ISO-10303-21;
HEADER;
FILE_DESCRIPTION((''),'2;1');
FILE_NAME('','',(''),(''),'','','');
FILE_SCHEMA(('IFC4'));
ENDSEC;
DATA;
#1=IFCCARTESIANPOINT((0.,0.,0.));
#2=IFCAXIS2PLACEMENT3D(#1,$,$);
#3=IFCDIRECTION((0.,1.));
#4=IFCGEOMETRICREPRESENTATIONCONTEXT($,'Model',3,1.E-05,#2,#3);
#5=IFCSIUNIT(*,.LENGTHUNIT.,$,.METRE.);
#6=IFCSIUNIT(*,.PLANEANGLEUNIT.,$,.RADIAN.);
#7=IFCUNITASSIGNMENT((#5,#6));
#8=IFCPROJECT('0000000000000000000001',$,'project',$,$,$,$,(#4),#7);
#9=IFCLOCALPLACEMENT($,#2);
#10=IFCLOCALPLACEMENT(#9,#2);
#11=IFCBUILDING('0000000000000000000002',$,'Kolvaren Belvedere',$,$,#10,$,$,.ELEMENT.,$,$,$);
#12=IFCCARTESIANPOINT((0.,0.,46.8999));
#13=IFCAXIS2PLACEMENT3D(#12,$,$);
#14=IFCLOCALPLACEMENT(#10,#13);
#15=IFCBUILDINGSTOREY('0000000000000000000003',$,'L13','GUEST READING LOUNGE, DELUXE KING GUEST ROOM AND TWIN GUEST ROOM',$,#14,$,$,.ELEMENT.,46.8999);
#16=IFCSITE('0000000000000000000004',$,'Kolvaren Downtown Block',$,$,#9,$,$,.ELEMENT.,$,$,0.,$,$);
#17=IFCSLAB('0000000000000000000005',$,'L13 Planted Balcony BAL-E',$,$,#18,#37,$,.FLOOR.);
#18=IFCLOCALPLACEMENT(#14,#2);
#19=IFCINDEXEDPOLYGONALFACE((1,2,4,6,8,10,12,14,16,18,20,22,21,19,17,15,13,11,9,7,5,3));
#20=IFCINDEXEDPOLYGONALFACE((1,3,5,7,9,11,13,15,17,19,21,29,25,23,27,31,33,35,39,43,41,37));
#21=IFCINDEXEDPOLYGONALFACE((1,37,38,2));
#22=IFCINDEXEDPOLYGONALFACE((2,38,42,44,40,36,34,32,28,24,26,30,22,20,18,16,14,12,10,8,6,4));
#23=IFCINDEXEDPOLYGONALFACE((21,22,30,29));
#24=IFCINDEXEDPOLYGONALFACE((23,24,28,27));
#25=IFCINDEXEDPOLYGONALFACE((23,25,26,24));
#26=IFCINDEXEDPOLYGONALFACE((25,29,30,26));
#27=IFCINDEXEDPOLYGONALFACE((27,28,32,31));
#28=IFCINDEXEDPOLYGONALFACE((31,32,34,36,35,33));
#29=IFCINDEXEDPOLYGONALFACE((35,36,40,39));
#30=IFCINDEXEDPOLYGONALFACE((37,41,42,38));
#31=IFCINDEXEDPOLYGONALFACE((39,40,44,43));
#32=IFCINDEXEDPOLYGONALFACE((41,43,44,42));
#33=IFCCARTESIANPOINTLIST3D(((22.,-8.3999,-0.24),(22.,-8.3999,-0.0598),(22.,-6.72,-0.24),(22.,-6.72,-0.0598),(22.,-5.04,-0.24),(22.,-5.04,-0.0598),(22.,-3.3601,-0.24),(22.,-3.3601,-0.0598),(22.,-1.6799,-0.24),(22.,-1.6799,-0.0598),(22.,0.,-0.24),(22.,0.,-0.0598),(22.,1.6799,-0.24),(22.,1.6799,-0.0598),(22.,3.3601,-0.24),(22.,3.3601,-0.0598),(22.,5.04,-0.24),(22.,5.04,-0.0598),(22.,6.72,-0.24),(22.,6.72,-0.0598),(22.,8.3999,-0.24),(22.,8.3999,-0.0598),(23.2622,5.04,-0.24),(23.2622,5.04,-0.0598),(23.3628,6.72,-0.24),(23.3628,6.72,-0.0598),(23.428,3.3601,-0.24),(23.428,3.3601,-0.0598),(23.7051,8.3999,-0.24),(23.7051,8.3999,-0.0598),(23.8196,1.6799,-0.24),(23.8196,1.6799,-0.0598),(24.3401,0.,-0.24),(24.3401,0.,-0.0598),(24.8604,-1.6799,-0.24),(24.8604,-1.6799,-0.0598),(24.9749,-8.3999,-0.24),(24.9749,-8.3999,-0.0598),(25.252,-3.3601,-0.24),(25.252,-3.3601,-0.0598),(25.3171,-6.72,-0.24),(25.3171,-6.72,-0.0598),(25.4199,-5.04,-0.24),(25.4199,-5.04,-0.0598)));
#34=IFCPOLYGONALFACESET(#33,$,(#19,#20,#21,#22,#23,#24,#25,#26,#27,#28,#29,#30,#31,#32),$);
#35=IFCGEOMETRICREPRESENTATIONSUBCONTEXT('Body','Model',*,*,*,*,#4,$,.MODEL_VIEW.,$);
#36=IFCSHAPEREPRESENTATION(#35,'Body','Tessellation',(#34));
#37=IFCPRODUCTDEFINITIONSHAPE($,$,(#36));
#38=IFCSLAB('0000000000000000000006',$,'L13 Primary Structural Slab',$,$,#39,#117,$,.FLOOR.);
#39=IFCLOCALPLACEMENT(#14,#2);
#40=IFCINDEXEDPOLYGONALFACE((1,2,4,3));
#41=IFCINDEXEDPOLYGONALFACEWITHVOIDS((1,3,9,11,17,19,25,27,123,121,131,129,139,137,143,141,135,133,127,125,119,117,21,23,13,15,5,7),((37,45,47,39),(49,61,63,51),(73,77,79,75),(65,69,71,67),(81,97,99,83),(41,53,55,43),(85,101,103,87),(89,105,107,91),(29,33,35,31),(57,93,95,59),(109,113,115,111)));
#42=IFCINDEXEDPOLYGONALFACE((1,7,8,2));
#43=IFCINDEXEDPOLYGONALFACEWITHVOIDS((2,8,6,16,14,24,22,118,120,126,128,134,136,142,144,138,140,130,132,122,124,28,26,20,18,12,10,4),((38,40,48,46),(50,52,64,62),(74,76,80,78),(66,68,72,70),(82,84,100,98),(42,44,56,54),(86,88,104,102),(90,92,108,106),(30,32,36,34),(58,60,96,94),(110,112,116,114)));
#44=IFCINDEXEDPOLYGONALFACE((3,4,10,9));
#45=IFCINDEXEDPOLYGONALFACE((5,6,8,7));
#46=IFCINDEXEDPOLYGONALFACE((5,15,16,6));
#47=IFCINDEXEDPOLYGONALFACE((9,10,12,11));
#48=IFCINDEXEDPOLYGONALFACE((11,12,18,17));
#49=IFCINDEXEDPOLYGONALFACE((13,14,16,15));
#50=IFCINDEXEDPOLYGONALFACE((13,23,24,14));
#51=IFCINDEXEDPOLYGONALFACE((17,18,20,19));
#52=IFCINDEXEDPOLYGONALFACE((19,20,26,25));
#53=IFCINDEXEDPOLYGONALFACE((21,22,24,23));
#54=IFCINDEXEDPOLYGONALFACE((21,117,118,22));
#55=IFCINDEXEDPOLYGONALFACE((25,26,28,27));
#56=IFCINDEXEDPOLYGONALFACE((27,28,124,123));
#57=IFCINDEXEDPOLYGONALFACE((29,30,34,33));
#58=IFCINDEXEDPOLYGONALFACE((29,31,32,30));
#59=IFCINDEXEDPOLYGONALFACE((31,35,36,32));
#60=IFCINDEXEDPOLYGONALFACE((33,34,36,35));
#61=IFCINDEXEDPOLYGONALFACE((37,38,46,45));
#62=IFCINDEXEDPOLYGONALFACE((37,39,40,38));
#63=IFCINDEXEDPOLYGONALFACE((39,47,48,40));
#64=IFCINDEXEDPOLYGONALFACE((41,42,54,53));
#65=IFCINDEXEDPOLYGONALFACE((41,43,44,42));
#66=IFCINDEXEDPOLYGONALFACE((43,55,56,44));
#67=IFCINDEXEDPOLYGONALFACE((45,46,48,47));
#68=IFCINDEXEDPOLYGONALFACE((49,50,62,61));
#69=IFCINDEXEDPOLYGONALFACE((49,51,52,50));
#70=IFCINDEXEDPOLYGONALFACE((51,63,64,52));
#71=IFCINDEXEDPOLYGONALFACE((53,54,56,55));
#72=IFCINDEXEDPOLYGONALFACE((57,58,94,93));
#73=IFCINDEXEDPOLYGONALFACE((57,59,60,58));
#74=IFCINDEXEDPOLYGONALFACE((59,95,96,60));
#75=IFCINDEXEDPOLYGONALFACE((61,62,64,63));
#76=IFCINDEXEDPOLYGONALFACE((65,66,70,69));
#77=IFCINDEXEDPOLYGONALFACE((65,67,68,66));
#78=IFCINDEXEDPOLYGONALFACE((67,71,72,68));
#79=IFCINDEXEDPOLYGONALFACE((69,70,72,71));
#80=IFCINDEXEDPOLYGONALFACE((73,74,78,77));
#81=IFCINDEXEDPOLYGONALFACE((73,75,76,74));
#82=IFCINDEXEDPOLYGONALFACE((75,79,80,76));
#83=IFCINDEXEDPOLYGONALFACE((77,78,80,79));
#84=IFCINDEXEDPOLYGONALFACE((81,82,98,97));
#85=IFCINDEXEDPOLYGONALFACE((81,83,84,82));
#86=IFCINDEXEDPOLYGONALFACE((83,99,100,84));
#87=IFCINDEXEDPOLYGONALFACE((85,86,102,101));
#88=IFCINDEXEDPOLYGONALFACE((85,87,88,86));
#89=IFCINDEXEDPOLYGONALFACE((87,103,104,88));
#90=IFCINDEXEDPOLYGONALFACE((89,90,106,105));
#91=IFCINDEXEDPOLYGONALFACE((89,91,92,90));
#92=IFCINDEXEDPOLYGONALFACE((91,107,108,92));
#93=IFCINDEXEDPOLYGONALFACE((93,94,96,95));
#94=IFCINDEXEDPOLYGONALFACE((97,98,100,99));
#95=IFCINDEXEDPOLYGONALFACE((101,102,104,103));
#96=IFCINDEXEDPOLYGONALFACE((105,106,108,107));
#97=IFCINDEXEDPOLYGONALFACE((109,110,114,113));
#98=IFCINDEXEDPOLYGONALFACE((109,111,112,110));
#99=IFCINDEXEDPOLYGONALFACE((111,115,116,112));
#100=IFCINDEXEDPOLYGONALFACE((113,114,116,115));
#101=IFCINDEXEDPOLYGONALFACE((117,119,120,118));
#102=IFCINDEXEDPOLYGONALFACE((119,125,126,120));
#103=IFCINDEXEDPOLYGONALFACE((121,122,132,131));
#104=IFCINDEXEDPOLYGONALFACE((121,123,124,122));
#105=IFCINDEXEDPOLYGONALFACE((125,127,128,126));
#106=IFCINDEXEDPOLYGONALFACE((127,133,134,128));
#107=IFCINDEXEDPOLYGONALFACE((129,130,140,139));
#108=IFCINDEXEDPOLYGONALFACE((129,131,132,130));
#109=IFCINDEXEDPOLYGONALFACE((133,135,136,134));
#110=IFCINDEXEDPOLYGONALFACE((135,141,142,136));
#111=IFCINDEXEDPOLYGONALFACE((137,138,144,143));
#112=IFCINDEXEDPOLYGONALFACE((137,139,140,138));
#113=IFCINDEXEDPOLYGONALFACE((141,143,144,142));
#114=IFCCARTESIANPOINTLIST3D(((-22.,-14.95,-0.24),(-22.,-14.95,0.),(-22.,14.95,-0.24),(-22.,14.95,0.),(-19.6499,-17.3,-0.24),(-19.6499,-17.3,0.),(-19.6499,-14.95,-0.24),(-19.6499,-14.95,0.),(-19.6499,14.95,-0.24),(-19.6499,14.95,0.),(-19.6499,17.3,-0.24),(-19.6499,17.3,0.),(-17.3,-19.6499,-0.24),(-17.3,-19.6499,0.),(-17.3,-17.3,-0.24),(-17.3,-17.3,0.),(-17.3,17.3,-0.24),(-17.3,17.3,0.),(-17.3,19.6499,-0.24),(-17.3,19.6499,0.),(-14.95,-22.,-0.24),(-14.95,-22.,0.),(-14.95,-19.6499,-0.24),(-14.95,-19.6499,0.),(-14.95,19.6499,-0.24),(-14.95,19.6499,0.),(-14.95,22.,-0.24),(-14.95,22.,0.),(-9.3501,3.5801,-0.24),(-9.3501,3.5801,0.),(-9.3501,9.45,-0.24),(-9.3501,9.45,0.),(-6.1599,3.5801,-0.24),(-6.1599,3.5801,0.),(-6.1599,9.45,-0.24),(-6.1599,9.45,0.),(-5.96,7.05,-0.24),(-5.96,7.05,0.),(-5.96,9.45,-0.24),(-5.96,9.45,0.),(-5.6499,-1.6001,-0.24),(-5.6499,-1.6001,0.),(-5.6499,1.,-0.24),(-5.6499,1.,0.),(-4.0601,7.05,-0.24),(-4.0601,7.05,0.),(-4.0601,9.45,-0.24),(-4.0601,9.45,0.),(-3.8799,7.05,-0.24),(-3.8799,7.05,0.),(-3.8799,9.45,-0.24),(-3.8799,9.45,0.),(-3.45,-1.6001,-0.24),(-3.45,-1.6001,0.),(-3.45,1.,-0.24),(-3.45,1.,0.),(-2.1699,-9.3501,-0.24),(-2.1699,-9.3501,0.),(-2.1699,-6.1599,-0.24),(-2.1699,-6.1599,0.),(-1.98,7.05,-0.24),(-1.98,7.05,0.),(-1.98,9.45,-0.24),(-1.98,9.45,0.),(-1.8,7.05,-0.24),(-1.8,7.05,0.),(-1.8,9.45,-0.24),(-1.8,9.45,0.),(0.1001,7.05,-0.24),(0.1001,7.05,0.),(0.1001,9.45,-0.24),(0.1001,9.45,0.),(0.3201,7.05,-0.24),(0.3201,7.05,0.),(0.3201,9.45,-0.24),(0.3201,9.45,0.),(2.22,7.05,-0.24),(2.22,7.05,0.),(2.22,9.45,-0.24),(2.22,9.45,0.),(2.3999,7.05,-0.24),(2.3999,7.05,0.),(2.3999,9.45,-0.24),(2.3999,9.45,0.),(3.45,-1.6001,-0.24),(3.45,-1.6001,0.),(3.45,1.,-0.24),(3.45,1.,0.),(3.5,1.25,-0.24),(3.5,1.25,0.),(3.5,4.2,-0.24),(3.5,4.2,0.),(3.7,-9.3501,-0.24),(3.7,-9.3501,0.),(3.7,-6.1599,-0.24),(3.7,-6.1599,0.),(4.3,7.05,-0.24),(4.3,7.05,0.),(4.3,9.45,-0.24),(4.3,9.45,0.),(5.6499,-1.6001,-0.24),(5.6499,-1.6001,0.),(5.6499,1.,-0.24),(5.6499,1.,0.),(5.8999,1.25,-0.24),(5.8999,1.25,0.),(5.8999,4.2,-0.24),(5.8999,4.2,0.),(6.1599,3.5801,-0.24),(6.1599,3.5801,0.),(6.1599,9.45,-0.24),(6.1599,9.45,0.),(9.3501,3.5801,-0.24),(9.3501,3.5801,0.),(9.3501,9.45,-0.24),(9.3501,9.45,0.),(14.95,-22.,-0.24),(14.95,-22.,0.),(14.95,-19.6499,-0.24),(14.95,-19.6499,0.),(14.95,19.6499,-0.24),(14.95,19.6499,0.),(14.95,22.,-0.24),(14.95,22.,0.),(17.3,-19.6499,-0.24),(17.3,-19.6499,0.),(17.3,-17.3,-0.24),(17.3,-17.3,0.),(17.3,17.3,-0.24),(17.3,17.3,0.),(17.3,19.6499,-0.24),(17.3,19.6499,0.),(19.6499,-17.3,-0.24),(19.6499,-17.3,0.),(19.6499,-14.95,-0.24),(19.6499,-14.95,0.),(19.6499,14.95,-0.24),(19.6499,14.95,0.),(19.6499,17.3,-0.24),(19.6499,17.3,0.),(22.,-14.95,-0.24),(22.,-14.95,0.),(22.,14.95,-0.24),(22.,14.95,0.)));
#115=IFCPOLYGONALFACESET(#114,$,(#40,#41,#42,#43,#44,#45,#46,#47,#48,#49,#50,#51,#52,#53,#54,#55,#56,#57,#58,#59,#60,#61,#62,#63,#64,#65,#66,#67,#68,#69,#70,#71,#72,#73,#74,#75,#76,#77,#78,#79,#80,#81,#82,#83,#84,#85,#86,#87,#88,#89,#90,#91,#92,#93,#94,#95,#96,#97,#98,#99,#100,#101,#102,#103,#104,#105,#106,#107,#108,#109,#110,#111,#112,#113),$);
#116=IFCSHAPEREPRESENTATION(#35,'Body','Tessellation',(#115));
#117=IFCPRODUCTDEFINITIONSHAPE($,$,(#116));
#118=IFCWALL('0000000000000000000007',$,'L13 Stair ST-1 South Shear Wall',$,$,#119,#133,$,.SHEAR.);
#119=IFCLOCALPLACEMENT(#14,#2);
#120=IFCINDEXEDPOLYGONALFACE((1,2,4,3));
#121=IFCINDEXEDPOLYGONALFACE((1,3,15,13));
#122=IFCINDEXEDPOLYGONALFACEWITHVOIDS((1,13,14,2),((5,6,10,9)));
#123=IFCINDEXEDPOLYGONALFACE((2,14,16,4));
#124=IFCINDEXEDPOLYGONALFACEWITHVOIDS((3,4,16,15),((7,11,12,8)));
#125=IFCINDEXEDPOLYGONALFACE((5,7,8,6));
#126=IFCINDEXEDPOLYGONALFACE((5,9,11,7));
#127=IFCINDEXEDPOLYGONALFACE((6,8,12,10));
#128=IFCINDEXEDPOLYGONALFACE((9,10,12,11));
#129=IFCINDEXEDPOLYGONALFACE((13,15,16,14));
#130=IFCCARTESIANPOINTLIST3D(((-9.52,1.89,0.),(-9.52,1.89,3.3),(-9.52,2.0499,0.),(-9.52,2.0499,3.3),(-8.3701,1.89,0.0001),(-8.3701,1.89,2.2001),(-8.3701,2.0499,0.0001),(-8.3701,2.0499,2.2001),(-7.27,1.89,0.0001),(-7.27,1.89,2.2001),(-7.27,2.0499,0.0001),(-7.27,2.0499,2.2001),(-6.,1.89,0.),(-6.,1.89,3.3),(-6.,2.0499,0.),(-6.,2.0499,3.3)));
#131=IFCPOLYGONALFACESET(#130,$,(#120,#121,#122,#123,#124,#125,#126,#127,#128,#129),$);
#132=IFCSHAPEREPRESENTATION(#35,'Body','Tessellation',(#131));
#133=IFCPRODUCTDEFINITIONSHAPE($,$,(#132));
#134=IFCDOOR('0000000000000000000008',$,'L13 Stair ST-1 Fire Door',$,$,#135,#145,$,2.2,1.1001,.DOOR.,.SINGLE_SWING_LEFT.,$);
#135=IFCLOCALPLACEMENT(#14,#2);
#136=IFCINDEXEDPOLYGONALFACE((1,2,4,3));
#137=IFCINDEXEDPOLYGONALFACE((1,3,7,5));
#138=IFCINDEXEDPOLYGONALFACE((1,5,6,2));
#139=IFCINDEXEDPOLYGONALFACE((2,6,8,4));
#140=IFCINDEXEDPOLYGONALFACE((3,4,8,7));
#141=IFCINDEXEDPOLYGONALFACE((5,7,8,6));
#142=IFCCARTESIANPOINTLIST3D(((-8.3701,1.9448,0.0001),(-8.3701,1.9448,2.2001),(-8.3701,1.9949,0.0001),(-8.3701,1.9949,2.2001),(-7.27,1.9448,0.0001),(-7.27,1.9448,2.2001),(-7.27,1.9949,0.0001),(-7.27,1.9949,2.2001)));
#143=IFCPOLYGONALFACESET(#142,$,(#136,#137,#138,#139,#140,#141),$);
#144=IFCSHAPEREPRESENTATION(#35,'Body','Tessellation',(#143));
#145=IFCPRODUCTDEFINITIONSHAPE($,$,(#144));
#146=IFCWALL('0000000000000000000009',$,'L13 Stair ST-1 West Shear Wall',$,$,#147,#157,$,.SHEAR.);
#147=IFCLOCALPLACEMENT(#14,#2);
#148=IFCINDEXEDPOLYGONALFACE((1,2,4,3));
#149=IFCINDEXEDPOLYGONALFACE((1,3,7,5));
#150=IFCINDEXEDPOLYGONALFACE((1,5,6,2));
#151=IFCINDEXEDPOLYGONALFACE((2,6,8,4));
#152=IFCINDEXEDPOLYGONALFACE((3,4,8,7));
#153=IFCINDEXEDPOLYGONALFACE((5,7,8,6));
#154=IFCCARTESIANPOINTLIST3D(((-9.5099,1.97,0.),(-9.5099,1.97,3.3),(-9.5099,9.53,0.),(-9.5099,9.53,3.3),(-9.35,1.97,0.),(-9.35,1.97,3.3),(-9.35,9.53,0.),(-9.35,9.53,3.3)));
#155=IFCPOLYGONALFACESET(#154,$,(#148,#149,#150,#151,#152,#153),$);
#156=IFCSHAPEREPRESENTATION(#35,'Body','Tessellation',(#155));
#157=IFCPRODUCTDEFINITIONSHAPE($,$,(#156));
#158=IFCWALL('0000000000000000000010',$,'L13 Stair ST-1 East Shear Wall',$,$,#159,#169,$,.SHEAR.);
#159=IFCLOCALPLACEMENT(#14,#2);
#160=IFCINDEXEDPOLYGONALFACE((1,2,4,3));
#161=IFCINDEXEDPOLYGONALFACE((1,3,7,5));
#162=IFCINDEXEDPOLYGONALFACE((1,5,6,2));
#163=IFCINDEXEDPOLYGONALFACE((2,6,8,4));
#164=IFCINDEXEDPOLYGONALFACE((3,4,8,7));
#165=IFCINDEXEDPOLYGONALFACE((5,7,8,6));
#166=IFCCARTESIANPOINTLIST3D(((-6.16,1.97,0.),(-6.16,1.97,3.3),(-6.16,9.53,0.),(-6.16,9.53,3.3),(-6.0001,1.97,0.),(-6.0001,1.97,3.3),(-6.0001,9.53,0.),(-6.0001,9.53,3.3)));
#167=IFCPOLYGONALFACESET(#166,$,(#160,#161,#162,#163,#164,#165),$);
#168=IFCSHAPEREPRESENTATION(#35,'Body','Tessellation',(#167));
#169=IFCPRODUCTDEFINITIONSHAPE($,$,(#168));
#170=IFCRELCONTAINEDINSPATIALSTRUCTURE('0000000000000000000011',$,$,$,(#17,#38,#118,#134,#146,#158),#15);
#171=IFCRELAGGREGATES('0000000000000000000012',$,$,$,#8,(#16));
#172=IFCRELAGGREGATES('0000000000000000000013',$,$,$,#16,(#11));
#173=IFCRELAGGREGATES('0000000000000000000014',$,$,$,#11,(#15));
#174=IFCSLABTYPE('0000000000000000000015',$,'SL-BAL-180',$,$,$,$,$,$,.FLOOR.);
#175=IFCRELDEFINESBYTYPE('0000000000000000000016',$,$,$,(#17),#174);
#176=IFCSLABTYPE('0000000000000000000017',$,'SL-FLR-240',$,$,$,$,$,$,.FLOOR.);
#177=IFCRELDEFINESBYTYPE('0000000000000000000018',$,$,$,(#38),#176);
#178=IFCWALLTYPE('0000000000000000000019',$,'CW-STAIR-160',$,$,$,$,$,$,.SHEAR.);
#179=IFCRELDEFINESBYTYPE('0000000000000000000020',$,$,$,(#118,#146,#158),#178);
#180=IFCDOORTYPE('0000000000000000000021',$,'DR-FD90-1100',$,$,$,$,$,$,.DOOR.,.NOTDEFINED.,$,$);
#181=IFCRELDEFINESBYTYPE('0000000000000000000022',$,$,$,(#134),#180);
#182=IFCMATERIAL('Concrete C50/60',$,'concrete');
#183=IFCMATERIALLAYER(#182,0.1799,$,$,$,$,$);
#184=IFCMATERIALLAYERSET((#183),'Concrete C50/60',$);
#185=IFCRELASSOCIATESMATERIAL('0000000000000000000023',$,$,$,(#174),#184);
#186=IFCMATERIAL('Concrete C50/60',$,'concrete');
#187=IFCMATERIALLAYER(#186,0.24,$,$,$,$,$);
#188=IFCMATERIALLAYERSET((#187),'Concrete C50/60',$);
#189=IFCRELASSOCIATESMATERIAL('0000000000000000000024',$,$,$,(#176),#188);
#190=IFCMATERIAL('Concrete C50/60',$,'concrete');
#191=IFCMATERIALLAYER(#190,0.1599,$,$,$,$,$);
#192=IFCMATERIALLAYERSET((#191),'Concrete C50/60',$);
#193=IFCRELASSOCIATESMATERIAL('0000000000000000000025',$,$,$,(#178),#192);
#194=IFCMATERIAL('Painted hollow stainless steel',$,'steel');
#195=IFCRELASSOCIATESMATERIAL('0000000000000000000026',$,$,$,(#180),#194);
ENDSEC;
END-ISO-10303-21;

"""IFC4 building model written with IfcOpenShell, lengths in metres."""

from ifc_helpers import new_model, si_unit, direction, frame, frame_2d, origin, place, context, subcontext, project, spatial, polyline, rectangle, outline, extrude, material, layer, layer_set, type_object, element, fill, save


model = new_model("IFC4")

# Units and contexts
model_context = context("Model", 3, precision=1e-05, world=origin(), true_north=direction((0.0, 1.0)))
body_context = subcontext(model_context, "Body", "Model", "MODEL_VIEW")
ifc_project = project(units=[si_unit("LENGTHUNIT", "METRE"), si_unit("PLANEANGLEUNIT", "RADIAN")], contexts=[model_context])

# Site, building, storey
site_placement = place(None, origin())
site = spatial("IfcSite", under=ifc_project, at=site_placement, Name="Kolvaren Downtown Block", CompositionType="ELEMENT", RefElevation=0.0)
building_placement = place(site_placement, origin())
building = spatial("IfcBuilding", under=site, at=building_placement, Name="Kolvaren Belvedere", CompositionType="ELEMENT")
storey_placement = place(building_placement, frame((0.0, 0.0, 46.8999)))
storey = spatial("IfcBuildingStorey", under=building, at=storey_placement, Name="L13", Description="GUEST READING LOUNGE, DELUXE KING GUEST ROOM AND TWIN GUEST ROOM", CompositionType="ELEMENT", Elevation=46.8999)

# Slabs
ifc_material_1 = material(Name="Concrete C50/60", Category="concrete")
ifc_layer_1 = layer(ifc_material_1, 0.1799)
ifc_layer_set_1 = layer_set([ifc_layer_1], Name="Concrete C50/60")
slab_type_1 = type_object("IfcSlabType", Name="SL-BAL-180", PredefinedType="FLOOR", material=ifc_layer_set_1)
slab_1_placement = place(storey_placement, frame((0.0, 0.0, -0.24)))
element("IfcSlab", 1, at=slab_1_placement, inside=storey, type_object=slab_type_1, Name="L13 Planted Balcony BAL-E", PredefinedType="FLOOR", context=body_context, shape_type="SweptSolid", body=[
    extrude(outline(polyline([(24.9749, -8.3999), (25.3171, -6.72), (25.4199, -5.04), (25.252, -3.3601), (24.8604, -1.6799), (24.3401, 0.0), (23.8196, 1.6799), (23.428, 3.3601), (23.2622, 5.04), (23.3628, 6.72), (23.7051, 8.3999), (22.0, 8.3999), (22.0, 6.72), (22.0, 5.04), (22.0, 3.3601), (22.0, 1.6799), (22.0, 0.0), (22.0, -1.6799), (22.0, -3.3601), (22.0, -5.04), (22.0, -6.72), (22.0, -8.3999), (24.9749, -8.3999)])), origin(), (0.0, 0.0, 1.0), 0.1802),
])
ifc_material_2 = material(Name="Concrete C50/60", Category="concrete")
ifc_layer_2 = layer(ifc_material_2, 0.24)
ifc_layer_set_2 = layer_set([ifc_layer_2], Name="Concrete C50/60")
slab_type_2 = type_object("IfcSlabType", Name="SL-FLR-240", PredefinedType="FLOOR", material=ifc_layer_set_2)
slab_2_placement = place(storey_placement, frame((0.0, 0.0, -0.24)))
element("IfcSlab", 2, at=slab_2_placement, inside=storey, type_object=slab_type_2, Name="L13 Primary Structural Slab", PredefinedType="FLOOR", context=body_context, shape_type="SweptSolid", body=[
    extrude(outline(polyline([(-14.95, -22.0), (14.95, -22.0), (14.95, -19.6499), (17.3, -19.6499), (17.3, -17.3), (19.6499, -17.3), (19.6499, -14.95), (22.0, -14.95), (22.0, 14.95), (19.6499, 14.95), (19.6499, 17.3), (17.3, 17.3), (17.3, 19.6499), (14.95, 19.6499), (14.95, 22.0), (-14.95, 22.0), (-14.95, 19.6499), (-17.3, 19.6499), (-17.3, 17.3), (-19.6499, 17.3), (-19.6499, 14.95), (-22.0, 14.95), (-22.0, -14.95), (-19.6499, -14.95), (-19.6499, -17.3), (-17.3, -17.3), (-17.3, -19.6499), (-14.95, -19.6499), (-14.95, -22.0)]), holes=[polyline([(-9.3501, 3.5801), (-6.1599, 3.5801), (-6.1599, 9.45), (-9.3501, 9.45), (-9.3501, 3.5801)]), polyline([(6.1599, 3.5801), (9.3501, 3.5801), (9.3501, 9.45), (6.1599, 9.45), (6.1599, 3.5801)]), polyline([(-2.1699, -9.3501), (3.7, -9.3501), (3.7, -6.1599), (-2.1699, -6.1599), (-2.1699, -9.3501)]), polyline([(-5.6499, -1.6001), (-3.45, -1.6001), (-3.45, 1.0), (-5.6499, 1.0), (-5.6499, -1.6001)]), polyline([(3.5, 1.25), (5.8999, 1.25), (5.8999, 4.2), (3.5, 4.2), (3.5, 1.25)]), polyline([(3.45, -1.6001), (5.6499, -1.6001), (5.6499, 1.0), (3.45, 1.0), (3.45, -1.6001)]), polyline([(-5.96, 7.05), (-4.0601, 7.05), (-4.0601, 9.45), (-5.96, 9.45), (-5.96, 7.05)]), polyline([(-3.8799, 7.05), (-1.98, 7.05), (-1.98, 9.45), (-3.8799, 9.45), (-3.8799, 7.05)]), polyline([(-1.8, 7.05), (0.1001, 7.05), (0.1001, 9.45), (-1.8, 9.45), (-1.8, 7.05)]), polyline([(0.3201, 7.05), (2.22, 7.05), (2.22, 9.45), (0.3201, 9.45), (0.3201, 7.05)]), polyline([(2.3999, 7.05), (4.3, 7.05), (4.3, 9.45), (2.3999, 9.45), (2.3999, 7.05)])]), origin(), (0.0, 0.0, 1.0), 0.24),
])

# Wall, opening, door
ifc_material_3 = material(Name="Concrete C50/60", Category="concrete")
ifc_layer_3 = layer(ifc_material_3, 0.1599)
ifc_layer_set_3 = layer_set([ifc_layer_3], Name="Concrete C50/60")
wall_type_1 = type_object("IfcWallType", Name="CW-STAIR-160", PredefinedType="SHEAR", material=ifc_layer_set_3)
wall_1_placement = place(storey_placement, frame((-9.52, 1.97, 0.0), z_axis=(0.0, 0.0, 1.0), x_axis=(1.0, 0.0, 0.0)))
wall_1 = element("IfcWall", 3, at=wall_1_placement, inside=storey, type_object=wall_type_1, Name="L13 Stair ST-1 South Shear Wall", PredefinedType="SHEAR", context=body_context, shape_type="SweptSolid", body=[
    extrude(rectangle(XDim=3.52, YDim=0.1599, at=frame_2d((1.76, 0.0))), origin(), (0.0, 0.0, 1.0), 3.3),
])
opening_1_placement = place(wall_1_placement, frame((1.1499, 0.0, 0.0)))
opening_1 = element("IfcOpeningElement", 4, at=opening_1_placement, cuts=wall_1, PredefinedType="OPENING", context=body_context, shape_type="SweptSolid", body=[
    extrude(rectangle(XDim=1.1001, YDim=2.2, at=frame_2d((0.55, 1.1001))), frame((0.0, 0.0898, 0.0), z_axis=(0.0, -1.0, 0.0), x_axis=(1.0, 0.0, 0.0)), (0.0, 0.0, 1.0), 0.1799),
])
ifc_material_4 = material(Name="Painted hollow stainless steel", Category="steel")
door_type_1 = type_object("IfcDoorType", Name="DR-FD90-1100", OperationType="NOTDEFINED", PredefinedType="DOOR", material=ifc_material_4)
door_1_placement = place(opening_1_placement, origin())
door_1 = element("IfcDoor", 5, at=door_1_placement, inside=storey, type_object=door_type_1, Name="L13 Stair ST-1 Fire Door", OperationType="SINGLE_SWING_LEFT", OverallHeight=2.2, OverallWidth=1.1001, PredefinedType="DOOR", context=body_context, shape_type="SweptSolid", body=[
    extrude(rectangle(XDim=1.1001, YDim=2.2, at=frame_2d((0.55, 1.1001))), frame((0.0, 0.0249, 0.0), z_axis=(0.0, -1.0, 0.0), x_axis=(1.0, 0.0, 0.0)), (0.0, 0.0, 1.0), 0.05),
])
fill(opening_1, door_1)

# Walls
for number, where, z_axis, x_axis, name in (
    (6, (-9.4299, 1.97, 0.0), (0.0, 0.0, 1.0), (0.0, 1.0, 0.0), "L13 Stair ST-1 West Shear Wall"),
    (7, (-6.0801, 1.97, 0.0), (0.0, 0.0, 1.0), (0.0, 1.0, 0.0), "L13 Stair ST-1 East Shear Wall"),
):
    element("IfcWall", number, at=place(storey_placement, frame(where, z_axis=z_axis, x_axis=x_axis)), inside=storey, type_object=wall_type_1, Name=name, PredefinedType="SHEAR", context=body_context, shape_type="SweptSolid", body=[
        extrude(rectangle(XDim=7.5601, YDim=0.1599, at=frame_2d((3.78, 0.0))), origin(), (0.0, 0.0, 1.0), 3.3),
    ])

save(model, "model.ifc")
